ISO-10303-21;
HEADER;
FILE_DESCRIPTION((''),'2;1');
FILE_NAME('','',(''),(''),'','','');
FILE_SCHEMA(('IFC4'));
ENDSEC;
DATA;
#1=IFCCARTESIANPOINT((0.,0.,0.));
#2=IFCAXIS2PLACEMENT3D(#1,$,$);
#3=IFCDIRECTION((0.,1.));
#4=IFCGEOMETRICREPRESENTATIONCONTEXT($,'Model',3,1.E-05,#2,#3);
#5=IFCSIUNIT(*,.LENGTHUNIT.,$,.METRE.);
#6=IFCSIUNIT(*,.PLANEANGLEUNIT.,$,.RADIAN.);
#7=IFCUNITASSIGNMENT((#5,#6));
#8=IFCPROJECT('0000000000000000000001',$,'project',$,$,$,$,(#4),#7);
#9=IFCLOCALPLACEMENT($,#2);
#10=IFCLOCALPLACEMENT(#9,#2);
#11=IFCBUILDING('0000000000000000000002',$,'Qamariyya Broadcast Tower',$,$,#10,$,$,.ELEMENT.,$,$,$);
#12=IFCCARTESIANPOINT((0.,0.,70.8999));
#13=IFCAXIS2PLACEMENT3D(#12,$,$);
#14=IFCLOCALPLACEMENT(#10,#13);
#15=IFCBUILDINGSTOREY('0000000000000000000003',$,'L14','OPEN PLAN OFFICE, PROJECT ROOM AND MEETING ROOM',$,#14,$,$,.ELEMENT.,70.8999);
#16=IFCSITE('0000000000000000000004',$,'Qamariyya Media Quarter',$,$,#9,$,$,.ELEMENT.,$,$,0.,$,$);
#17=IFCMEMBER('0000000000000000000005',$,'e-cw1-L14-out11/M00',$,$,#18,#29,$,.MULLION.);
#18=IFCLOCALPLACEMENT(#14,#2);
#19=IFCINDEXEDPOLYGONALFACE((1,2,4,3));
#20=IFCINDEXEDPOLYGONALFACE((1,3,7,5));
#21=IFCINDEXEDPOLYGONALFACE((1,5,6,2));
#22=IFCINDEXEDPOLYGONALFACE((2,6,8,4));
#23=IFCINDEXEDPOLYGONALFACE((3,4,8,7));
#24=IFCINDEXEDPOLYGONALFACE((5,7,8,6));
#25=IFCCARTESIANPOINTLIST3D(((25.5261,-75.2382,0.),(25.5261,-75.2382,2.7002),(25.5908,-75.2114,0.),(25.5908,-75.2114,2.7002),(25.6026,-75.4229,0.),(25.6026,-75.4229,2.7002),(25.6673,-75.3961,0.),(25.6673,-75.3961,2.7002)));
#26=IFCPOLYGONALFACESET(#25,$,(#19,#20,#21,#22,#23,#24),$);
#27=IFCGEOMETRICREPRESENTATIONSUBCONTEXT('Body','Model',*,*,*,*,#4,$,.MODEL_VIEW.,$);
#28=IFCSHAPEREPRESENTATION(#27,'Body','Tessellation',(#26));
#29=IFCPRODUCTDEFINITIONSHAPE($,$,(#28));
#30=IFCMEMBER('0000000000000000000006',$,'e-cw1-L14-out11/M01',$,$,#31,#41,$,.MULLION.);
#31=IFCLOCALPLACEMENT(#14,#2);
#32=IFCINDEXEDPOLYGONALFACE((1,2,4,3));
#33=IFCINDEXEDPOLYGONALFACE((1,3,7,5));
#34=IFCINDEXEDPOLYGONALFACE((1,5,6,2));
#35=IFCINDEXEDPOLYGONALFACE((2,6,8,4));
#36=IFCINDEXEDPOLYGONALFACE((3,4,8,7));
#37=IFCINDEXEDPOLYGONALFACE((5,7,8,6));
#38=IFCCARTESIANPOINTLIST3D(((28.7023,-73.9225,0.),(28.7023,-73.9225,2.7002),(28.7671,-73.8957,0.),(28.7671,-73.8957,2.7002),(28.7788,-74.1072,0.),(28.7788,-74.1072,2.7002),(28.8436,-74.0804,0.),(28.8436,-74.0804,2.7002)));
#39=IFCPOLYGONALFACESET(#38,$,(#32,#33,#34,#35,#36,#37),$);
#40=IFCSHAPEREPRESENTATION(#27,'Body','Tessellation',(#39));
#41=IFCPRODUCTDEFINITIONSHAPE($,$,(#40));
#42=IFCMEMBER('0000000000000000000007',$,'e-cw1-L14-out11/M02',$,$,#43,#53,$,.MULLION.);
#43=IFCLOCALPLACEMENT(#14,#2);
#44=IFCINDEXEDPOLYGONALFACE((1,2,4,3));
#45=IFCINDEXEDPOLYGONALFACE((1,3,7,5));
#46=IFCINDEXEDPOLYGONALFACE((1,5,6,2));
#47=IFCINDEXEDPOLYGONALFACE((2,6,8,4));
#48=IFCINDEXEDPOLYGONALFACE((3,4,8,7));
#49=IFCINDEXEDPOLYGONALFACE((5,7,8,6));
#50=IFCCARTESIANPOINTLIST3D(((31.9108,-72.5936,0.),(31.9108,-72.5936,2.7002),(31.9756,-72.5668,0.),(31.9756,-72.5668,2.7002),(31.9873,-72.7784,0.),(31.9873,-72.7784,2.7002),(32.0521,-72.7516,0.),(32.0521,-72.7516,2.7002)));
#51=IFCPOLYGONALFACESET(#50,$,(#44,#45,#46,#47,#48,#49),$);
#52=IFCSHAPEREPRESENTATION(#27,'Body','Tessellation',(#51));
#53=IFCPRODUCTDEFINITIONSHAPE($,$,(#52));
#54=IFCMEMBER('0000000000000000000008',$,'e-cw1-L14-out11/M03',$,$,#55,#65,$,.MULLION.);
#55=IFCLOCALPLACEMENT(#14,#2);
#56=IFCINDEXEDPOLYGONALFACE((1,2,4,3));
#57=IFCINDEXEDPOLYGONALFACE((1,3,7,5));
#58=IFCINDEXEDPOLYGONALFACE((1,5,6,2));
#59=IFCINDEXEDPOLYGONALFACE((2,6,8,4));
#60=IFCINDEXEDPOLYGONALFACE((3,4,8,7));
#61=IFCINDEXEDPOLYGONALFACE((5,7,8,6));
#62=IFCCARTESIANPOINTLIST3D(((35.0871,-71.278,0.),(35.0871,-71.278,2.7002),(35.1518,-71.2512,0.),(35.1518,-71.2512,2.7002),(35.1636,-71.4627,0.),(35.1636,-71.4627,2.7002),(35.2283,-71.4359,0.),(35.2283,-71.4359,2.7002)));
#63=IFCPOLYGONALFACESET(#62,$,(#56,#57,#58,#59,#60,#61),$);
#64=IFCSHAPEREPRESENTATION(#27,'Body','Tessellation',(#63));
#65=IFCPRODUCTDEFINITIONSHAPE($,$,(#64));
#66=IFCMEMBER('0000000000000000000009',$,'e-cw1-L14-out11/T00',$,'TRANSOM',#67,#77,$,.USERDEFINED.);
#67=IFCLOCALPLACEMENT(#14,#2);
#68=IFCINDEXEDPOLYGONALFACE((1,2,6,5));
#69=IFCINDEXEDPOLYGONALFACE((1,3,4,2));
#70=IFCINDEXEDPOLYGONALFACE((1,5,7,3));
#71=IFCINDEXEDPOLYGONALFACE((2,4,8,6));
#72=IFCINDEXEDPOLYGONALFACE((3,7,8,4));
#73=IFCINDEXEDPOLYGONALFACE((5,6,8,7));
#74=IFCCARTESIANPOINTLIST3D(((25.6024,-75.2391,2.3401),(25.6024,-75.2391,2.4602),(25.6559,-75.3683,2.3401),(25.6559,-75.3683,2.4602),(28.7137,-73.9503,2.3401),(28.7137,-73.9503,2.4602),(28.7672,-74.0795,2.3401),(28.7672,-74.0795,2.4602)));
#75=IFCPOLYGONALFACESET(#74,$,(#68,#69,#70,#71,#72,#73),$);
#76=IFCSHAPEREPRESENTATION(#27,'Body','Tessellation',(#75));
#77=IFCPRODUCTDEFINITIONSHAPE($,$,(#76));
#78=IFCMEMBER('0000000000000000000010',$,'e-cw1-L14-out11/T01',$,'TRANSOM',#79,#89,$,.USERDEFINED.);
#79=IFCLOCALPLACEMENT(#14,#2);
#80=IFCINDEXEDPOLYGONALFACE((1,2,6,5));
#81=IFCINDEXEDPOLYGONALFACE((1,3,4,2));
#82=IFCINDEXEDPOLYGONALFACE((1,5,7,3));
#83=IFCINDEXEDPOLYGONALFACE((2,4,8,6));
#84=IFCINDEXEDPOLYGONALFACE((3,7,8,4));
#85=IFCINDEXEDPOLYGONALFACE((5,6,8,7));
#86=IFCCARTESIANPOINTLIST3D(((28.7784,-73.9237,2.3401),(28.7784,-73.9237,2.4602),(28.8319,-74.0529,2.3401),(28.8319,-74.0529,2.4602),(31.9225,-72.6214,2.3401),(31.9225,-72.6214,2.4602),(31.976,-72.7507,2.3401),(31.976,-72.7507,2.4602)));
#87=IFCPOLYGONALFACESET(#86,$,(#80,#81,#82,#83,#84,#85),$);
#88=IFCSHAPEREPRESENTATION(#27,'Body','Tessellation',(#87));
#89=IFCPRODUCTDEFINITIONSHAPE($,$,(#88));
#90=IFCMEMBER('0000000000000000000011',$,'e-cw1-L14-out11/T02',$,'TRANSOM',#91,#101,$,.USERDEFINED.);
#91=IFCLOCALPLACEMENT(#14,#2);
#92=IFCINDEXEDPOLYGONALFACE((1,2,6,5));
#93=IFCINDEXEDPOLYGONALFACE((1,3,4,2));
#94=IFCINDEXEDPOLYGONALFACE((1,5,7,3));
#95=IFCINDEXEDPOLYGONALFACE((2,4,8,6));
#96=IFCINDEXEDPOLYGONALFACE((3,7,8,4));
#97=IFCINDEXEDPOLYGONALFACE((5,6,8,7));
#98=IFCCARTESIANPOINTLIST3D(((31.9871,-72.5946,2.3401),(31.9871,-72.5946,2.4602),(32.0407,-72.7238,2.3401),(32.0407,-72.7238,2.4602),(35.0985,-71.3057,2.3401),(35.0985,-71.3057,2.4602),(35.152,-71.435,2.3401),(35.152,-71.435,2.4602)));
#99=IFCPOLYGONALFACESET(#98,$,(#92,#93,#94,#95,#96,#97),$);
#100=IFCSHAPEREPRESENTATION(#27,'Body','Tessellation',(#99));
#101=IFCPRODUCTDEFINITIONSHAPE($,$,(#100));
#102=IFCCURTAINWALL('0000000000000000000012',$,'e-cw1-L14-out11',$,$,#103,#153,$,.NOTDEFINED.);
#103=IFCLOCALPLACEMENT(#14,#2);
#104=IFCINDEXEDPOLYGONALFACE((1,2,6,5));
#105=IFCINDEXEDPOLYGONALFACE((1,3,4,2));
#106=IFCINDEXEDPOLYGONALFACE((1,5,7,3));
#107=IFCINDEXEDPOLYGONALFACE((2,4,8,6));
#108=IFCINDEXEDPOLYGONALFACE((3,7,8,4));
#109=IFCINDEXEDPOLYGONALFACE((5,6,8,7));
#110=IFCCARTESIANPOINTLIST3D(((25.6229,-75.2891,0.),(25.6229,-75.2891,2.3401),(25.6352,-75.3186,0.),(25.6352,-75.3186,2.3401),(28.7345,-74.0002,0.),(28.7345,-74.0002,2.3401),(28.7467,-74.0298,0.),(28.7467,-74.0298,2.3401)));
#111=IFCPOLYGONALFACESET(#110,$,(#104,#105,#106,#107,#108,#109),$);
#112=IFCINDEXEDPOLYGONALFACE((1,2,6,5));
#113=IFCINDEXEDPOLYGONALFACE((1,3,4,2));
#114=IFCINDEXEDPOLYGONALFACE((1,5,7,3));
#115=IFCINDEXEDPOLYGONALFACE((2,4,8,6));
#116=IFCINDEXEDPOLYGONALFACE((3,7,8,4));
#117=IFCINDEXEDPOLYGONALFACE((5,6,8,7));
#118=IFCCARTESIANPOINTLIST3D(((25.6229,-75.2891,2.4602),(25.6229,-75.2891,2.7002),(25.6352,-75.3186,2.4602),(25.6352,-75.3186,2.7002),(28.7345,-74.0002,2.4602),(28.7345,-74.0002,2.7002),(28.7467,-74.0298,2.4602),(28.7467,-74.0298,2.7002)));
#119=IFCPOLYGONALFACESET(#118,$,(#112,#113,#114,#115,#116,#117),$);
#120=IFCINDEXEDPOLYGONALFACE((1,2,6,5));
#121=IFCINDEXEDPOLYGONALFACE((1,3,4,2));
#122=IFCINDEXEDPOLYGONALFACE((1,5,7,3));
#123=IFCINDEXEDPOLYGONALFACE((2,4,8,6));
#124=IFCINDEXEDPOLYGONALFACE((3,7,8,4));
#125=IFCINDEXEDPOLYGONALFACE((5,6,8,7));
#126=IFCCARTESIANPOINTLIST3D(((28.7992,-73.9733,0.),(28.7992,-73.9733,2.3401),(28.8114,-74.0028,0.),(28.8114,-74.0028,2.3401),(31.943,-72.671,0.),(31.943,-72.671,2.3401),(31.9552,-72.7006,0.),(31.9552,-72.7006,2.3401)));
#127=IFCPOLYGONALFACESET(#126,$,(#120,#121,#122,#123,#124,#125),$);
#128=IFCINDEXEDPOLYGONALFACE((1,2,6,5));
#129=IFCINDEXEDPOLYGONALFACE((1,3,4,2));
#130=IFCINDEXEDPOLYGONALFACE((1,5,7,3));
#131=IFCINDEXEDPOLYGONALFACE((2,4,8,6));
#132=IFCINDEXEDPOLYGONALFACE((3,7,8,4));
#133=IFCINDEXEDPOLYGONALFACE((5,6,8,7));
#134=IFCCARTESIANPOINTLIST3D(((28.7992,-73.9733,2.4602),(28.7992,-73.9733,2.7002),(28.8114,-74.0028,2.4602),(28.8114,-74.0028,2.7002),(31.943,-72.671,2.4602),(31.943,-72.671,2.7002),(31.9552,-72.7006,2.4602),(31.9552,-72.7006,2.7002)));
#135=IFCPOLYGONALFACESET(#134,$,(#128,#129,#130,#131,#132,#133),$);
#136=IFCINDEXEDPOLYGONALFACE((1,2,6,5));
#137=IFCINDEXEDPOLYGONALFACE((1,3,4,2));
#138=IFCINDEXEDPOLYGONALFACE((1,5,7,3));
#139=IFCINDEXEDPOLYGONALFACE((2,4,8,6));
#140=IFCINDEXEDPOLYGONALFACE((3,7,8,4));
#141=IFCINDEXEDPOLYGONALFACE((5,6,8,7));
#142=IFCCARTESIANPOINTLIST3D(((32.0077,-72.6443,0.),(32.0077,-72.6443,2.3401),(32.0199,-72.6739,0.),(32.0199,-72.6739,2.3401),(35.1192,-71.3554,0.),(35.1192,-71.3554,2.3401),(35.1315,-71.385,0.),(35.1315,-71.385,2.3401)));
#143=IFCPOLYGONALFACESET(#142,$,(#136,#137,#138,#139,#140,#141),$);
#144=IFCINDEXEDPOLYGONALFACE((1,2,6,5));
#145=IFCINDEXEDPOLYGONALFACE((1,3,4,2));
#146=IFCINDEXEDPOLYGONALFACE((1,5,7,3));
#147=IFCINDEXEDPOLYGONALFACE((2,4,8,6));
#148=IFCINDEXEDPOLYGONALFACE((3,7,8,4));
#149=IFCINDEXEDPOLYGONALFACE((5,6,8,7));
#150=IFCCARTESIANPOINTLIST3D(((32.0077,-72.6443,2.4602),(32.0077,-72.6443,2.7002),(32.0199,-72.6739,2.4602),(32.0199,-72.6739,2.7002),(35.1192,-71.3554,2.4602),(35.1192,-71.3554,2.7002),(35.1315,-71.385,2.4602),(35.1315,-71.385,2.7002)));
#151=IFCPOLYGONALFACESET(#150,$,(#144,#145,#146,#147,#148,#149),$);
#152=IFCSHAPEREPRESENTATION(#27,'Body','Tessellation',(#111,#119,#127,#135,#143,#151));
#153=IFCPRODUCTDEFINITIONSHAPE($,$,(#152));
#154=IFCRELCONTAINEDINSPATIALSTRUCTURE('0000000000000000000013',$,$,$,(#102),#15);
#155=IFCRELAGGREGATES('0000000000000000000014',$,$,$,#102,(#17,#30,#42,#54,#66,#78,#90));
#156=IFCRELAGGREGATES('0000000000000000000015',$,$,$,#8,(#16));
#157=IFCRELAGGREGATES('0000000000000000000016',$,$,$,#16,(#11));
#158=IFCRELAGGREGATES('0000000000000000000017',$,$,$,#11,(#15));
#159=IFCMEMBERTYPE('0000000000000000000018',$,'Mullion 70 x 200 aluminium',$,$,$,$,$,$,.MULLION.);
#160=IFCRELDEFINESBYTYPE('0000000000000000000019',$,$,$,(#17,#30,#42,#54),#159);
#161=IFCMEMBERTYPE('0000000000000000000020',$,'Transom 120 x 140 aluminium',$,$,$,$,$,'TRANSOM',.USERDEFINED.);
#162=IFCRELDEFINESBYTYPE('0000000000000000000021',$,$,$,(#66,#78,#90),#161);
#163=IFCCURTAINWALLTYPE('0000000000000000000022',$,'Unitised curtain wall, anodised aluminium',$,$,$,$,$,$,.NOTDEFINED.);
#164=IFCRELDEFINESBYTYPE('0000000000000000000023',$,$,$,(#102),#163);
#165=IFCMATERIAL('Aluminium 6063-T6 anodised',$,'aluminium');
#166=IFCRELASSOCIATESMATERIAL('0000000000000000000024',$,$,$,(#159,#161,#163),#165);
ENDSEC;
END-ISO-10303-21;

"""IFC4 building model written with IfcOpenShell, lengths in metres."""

from ifc_helpers import new_model, si_unit, direction, frame, origin, origin_2d, place, context, subcontext, project, spatial, rectangle, extrude, material, material_profile, profile_set, type_object, element, aggregate, save


model = new_model("IFC4")

# Units and contexts
model_context = context("Model", 3, precision=1e-05, world=origin(), true_north=direction((0.0, 1.0)))
body_context = subcontext(model_context, "Body", "Model", "MODEL_VIEW")
ifc_project = project(units=[si_unit("LENGTHUNIT", "METRE"), si_unit("PLANEANGLEUNIT", "RADIAN")], contexts=[model_context])

# Members
ifc_material = material(Name="Aluminium 6063-T6 anodised", Category="aluminium")
ifc_material_profile_1 = material_profile(ifc_material, rectangle(XDim=0.2, YDim=0.0701, at=origin_2d()))
ifc_profile_set_1 = profile_set([ifc_material_profile_1], Name="Aluminium 6063-T6 anodised")
member_type_1 = type_object("IfcMemberType", Name="Mullion 70 x 200 aluminium", PredefinedType="MULLION", material=ifc_profile_set_1)
site_placement = place(None, origin())
building_placement = place(site_placement, origin())
storey_placement = place(building_placement, frame((0.0, 0.0, 70.8999)))
member_1_placement = place(storey_placement, frame((25.5967, -75.3171, 0.0), z_axis=(0.0, 0.0, 1.0), x_axis=(-0.382683, 0.92388, 0.0)))
member_1 = element("IfcMember", 1, at=member_1_placement, type_object=member_type_1, Name="e-cw1-L14-out11/M00", PredefinedType="MULLION", context=body_context, shape_type="SweptSolid", body=[
    extrude(rectangle(XDim=0.2, YDim=0.0701, at=origin_2d()), origin(), (0.0, 0.0, 1.0), 2.7002),
])
member_2_placement = place(storey_placement, frame((28.7729, -74.0015, 0.0), z_axis=(0.0, 0.0, 1.0), x_axis=(-0.382683, 0.92388, 0.0)))
member_2 = element("IfcMember", 2, at=member_2_placement, type_object=member_type_1, Name="e-cw1-L14-out11/M01", PredefinedType="MULLION", context=body_context, shape_type="SweptSolid", body=[
    extrude(rectangle(XDim=0.2, YDim=0.0701, at=origin_2d()), origin(), (0.0, 0.0, 1.0), 2.7002),
])
member_3_placement = place(storey_placement, frame((31.9814, -72.6726, 0.0), z_axis=(0.0, 0.0, 1.0), x_axis=(-0.382683, 0.92388, 0.0)))
member_3 = element("IfcMember", 3, at=member_3_placement, type_object=member_type_1, Name="e-cw1-L14-out11/M02", PredefinedType="MULLION", context=body_context, shape_type="SweptSolid", body=[
    extrude(rectangle(XDim=0.2, YDim=0.0701, at=origin_2d()), origin(), (0.0, 0.0, 1.0), 2.7002),
])
member_4_placement = place(storey_placement, frame((35.1577, -71.3569, 0.0), z_axis=(0.0, 0.0, 1.0), x_axis=(-0.382683, 0.92388, 0.0)))
member_4 = element("IfcMember", 4, at=member_4_placement, type_object=member_type_1, Name="e-cw1-L14-out11/M03", PredefinedType="MULLION", context=body_context, shape_type="SweptSolid", body=[
    extrude(rectangle(XDim=0.2, YDim=0.0701, at=origin_2d()), origin(), (0.0, 0.0, 1.0), 2.7002),
])
ifc_material_profile_2 = material_profile(ifc_material, rectangle(XDim=0.1399, YDim=0.1201, at=origin_2d()))
ifc_profile_set_2 = profile_set([ifc_material_profile_2], Name="Aluminium 6063-T6 anodised")
member_type_2 = type_object("IfcMemberType", Name="Transom 120 x 140 aluminium", ElementType="TRANSOM", PredefinedType="USERDEFINED", material=ifc_profile_set_2)
member_5_placement = place(storey_placement, frame((25.6292, -75.3037, 2.4001), z_axis=(0.923873, 0.3827, 0.0), x_axis=(-0.3827, 0.923873, 0.0)))
member_5 = element("IfcMember", 5, at=member_5_placement, type_object=member_type_2, Name="e-cw1-L14-out11/T00", ObjectType="TRANSOM", PredefinedType="USERDEFINED", context=body_context, shape_type="SweptSolid", body=[
    extrude(rectangle(XDim=0.1399, YDim=0.1201, at=origin_2d()), origin(), (0.0, 0.0, 1.0), 3.3677),
])
member_6_placement = place(storey_placement, frame((28.8052, -73.9883, 2.4001), z_axis=(0.923886, 0.382669, 0.0), x_axis=(-0.382669, 0.923886, 0.0)))
member_6 = element("IfcMember", 6, at=member_6_placement, type_object=member_type_2, Name="e-cw1-L14-out11/T01", ObjectType="TRANSOM", PredefinedType="USERDEFINED", context=body_context, shape_type="SweptSolid", body=[
    extrude(rectangle(XDim=0.1399, YDim=0.1201, at=origin_2d()), origin(), (0.0, 0.0, 1.0), 3.4031),
])
member_7_placement = place(storey_placement, frame((32.0139, -72.6592, 2.4001), z_axis=(0.923873, 0.3827, 0.0), x_axis=(-0.3827, 0.923873, 0.0)))
member_7 = element("IfcMember", 7, at=member_7_placement, type_object=member_type_2, Name="e-cw1-L14-out11/T02", ObjectType="TRANSOM", PredefinedType="USERDEFINED", context=body_context, shape_type="SweptSolid", body=[
    extrude(rectangle(XDim=0.1399, YDim=0.1201, at=origin_2d()), origin(), (0.0, 0.0, 1.0), 3.3677),
])

# Site, building, storey
site = spatial("IfcSite", under=ifc_project, at=site_placement, Name="Qamariyya Media Quarter", CompositionType="ELEMENT", RefElevation=0.0)
building = spatial("IfcBuilding", under=site, at=building_placement, Name="Qamariyya Broadcast Tower", CompositionType="ELEMENT")
storey = spatial("IfcBuildingStorey", under=building, at=storey_placement, Name="L14", Description="OPEN PLAN OFFICE, PROJECT ROOM AND MEETING ROOM", CompositionType="ELEMENT", Elevation=70.8999)

# Curtain wall
curtain_wall_type = type_object("IfcCurtainWallType", Name="Unitised curtain wall, anodised aluminium", PredefinedType="NOTDEFINED", material=ifc_material)
curtain_wall_1_placement = place(storey_placement, origin())
curtain_wall_1 = element("IfcCurtainWall", 8, at=curtain_wall_1_placement, inside=storey, type_object=curtain_wall_type, Name="e-cw1-L14-out11", PredefinedType="NOTDEFINED", context=body_context, shape_type="SweptSolid", body=[
    extrude(rectangle(XDim=3.3679, YDim=0.032, at=origin_2d()), frame((27.1848, -74.6594, 0.0), x_axis=(0.923878, 0.382688, 0.0)), (0.0, 0.0, 1.0), 2.3401),
    extrude(rectangle(XDim=3.3679, YDim=0.032, at=origin_2d()), frame((27.1848, -74.6594, 2.4602), x_axis=(0.923878, 0.382688, 0.0)), (0.0, 0.0, 1.0), 0.24),
    extrude(rectangle(XDim=3.4028, YDim=0.032, at=origin_2d()), frame((30.3772, -73.3369, 0.0), x_axis=(0.923878, 0.382688, 0.0)), (0.0, 0.0, 1.0), 2.3401),
    extrude(rectangle(XDim=3.4028, YDim=0.032, at=origin_2d()), frame((30.3772, -73.3369, 2.4602), x_axis=(0.923878, 0.382688, 0.0)), (0.0, 0.0, 1.0), 0.24),
    extrude(rectangle(XDim=3.3679, YDim=0.032, at=origin_2d()), frame((33.5696, -72.0146, 0.0), x_axis=(0.923878, 0.382688, 0.0)), (0.0, 0.0, 1.0), 2.3401),
    extrude(rectangle(XDim=3.3679, YDim=0.032, at=origin_2d()), frame((33.5696, -72.0146, 2.4602), x_axis=(0.923878, 0.382688, 0.0)), (0.0, 0.0, 1.0), 0.24),
])
aggregate(curtain_wall_1, [member_1, member_2, member_3, member_4, member_5, member_6, member_7])

save(model, "model.ifc")
